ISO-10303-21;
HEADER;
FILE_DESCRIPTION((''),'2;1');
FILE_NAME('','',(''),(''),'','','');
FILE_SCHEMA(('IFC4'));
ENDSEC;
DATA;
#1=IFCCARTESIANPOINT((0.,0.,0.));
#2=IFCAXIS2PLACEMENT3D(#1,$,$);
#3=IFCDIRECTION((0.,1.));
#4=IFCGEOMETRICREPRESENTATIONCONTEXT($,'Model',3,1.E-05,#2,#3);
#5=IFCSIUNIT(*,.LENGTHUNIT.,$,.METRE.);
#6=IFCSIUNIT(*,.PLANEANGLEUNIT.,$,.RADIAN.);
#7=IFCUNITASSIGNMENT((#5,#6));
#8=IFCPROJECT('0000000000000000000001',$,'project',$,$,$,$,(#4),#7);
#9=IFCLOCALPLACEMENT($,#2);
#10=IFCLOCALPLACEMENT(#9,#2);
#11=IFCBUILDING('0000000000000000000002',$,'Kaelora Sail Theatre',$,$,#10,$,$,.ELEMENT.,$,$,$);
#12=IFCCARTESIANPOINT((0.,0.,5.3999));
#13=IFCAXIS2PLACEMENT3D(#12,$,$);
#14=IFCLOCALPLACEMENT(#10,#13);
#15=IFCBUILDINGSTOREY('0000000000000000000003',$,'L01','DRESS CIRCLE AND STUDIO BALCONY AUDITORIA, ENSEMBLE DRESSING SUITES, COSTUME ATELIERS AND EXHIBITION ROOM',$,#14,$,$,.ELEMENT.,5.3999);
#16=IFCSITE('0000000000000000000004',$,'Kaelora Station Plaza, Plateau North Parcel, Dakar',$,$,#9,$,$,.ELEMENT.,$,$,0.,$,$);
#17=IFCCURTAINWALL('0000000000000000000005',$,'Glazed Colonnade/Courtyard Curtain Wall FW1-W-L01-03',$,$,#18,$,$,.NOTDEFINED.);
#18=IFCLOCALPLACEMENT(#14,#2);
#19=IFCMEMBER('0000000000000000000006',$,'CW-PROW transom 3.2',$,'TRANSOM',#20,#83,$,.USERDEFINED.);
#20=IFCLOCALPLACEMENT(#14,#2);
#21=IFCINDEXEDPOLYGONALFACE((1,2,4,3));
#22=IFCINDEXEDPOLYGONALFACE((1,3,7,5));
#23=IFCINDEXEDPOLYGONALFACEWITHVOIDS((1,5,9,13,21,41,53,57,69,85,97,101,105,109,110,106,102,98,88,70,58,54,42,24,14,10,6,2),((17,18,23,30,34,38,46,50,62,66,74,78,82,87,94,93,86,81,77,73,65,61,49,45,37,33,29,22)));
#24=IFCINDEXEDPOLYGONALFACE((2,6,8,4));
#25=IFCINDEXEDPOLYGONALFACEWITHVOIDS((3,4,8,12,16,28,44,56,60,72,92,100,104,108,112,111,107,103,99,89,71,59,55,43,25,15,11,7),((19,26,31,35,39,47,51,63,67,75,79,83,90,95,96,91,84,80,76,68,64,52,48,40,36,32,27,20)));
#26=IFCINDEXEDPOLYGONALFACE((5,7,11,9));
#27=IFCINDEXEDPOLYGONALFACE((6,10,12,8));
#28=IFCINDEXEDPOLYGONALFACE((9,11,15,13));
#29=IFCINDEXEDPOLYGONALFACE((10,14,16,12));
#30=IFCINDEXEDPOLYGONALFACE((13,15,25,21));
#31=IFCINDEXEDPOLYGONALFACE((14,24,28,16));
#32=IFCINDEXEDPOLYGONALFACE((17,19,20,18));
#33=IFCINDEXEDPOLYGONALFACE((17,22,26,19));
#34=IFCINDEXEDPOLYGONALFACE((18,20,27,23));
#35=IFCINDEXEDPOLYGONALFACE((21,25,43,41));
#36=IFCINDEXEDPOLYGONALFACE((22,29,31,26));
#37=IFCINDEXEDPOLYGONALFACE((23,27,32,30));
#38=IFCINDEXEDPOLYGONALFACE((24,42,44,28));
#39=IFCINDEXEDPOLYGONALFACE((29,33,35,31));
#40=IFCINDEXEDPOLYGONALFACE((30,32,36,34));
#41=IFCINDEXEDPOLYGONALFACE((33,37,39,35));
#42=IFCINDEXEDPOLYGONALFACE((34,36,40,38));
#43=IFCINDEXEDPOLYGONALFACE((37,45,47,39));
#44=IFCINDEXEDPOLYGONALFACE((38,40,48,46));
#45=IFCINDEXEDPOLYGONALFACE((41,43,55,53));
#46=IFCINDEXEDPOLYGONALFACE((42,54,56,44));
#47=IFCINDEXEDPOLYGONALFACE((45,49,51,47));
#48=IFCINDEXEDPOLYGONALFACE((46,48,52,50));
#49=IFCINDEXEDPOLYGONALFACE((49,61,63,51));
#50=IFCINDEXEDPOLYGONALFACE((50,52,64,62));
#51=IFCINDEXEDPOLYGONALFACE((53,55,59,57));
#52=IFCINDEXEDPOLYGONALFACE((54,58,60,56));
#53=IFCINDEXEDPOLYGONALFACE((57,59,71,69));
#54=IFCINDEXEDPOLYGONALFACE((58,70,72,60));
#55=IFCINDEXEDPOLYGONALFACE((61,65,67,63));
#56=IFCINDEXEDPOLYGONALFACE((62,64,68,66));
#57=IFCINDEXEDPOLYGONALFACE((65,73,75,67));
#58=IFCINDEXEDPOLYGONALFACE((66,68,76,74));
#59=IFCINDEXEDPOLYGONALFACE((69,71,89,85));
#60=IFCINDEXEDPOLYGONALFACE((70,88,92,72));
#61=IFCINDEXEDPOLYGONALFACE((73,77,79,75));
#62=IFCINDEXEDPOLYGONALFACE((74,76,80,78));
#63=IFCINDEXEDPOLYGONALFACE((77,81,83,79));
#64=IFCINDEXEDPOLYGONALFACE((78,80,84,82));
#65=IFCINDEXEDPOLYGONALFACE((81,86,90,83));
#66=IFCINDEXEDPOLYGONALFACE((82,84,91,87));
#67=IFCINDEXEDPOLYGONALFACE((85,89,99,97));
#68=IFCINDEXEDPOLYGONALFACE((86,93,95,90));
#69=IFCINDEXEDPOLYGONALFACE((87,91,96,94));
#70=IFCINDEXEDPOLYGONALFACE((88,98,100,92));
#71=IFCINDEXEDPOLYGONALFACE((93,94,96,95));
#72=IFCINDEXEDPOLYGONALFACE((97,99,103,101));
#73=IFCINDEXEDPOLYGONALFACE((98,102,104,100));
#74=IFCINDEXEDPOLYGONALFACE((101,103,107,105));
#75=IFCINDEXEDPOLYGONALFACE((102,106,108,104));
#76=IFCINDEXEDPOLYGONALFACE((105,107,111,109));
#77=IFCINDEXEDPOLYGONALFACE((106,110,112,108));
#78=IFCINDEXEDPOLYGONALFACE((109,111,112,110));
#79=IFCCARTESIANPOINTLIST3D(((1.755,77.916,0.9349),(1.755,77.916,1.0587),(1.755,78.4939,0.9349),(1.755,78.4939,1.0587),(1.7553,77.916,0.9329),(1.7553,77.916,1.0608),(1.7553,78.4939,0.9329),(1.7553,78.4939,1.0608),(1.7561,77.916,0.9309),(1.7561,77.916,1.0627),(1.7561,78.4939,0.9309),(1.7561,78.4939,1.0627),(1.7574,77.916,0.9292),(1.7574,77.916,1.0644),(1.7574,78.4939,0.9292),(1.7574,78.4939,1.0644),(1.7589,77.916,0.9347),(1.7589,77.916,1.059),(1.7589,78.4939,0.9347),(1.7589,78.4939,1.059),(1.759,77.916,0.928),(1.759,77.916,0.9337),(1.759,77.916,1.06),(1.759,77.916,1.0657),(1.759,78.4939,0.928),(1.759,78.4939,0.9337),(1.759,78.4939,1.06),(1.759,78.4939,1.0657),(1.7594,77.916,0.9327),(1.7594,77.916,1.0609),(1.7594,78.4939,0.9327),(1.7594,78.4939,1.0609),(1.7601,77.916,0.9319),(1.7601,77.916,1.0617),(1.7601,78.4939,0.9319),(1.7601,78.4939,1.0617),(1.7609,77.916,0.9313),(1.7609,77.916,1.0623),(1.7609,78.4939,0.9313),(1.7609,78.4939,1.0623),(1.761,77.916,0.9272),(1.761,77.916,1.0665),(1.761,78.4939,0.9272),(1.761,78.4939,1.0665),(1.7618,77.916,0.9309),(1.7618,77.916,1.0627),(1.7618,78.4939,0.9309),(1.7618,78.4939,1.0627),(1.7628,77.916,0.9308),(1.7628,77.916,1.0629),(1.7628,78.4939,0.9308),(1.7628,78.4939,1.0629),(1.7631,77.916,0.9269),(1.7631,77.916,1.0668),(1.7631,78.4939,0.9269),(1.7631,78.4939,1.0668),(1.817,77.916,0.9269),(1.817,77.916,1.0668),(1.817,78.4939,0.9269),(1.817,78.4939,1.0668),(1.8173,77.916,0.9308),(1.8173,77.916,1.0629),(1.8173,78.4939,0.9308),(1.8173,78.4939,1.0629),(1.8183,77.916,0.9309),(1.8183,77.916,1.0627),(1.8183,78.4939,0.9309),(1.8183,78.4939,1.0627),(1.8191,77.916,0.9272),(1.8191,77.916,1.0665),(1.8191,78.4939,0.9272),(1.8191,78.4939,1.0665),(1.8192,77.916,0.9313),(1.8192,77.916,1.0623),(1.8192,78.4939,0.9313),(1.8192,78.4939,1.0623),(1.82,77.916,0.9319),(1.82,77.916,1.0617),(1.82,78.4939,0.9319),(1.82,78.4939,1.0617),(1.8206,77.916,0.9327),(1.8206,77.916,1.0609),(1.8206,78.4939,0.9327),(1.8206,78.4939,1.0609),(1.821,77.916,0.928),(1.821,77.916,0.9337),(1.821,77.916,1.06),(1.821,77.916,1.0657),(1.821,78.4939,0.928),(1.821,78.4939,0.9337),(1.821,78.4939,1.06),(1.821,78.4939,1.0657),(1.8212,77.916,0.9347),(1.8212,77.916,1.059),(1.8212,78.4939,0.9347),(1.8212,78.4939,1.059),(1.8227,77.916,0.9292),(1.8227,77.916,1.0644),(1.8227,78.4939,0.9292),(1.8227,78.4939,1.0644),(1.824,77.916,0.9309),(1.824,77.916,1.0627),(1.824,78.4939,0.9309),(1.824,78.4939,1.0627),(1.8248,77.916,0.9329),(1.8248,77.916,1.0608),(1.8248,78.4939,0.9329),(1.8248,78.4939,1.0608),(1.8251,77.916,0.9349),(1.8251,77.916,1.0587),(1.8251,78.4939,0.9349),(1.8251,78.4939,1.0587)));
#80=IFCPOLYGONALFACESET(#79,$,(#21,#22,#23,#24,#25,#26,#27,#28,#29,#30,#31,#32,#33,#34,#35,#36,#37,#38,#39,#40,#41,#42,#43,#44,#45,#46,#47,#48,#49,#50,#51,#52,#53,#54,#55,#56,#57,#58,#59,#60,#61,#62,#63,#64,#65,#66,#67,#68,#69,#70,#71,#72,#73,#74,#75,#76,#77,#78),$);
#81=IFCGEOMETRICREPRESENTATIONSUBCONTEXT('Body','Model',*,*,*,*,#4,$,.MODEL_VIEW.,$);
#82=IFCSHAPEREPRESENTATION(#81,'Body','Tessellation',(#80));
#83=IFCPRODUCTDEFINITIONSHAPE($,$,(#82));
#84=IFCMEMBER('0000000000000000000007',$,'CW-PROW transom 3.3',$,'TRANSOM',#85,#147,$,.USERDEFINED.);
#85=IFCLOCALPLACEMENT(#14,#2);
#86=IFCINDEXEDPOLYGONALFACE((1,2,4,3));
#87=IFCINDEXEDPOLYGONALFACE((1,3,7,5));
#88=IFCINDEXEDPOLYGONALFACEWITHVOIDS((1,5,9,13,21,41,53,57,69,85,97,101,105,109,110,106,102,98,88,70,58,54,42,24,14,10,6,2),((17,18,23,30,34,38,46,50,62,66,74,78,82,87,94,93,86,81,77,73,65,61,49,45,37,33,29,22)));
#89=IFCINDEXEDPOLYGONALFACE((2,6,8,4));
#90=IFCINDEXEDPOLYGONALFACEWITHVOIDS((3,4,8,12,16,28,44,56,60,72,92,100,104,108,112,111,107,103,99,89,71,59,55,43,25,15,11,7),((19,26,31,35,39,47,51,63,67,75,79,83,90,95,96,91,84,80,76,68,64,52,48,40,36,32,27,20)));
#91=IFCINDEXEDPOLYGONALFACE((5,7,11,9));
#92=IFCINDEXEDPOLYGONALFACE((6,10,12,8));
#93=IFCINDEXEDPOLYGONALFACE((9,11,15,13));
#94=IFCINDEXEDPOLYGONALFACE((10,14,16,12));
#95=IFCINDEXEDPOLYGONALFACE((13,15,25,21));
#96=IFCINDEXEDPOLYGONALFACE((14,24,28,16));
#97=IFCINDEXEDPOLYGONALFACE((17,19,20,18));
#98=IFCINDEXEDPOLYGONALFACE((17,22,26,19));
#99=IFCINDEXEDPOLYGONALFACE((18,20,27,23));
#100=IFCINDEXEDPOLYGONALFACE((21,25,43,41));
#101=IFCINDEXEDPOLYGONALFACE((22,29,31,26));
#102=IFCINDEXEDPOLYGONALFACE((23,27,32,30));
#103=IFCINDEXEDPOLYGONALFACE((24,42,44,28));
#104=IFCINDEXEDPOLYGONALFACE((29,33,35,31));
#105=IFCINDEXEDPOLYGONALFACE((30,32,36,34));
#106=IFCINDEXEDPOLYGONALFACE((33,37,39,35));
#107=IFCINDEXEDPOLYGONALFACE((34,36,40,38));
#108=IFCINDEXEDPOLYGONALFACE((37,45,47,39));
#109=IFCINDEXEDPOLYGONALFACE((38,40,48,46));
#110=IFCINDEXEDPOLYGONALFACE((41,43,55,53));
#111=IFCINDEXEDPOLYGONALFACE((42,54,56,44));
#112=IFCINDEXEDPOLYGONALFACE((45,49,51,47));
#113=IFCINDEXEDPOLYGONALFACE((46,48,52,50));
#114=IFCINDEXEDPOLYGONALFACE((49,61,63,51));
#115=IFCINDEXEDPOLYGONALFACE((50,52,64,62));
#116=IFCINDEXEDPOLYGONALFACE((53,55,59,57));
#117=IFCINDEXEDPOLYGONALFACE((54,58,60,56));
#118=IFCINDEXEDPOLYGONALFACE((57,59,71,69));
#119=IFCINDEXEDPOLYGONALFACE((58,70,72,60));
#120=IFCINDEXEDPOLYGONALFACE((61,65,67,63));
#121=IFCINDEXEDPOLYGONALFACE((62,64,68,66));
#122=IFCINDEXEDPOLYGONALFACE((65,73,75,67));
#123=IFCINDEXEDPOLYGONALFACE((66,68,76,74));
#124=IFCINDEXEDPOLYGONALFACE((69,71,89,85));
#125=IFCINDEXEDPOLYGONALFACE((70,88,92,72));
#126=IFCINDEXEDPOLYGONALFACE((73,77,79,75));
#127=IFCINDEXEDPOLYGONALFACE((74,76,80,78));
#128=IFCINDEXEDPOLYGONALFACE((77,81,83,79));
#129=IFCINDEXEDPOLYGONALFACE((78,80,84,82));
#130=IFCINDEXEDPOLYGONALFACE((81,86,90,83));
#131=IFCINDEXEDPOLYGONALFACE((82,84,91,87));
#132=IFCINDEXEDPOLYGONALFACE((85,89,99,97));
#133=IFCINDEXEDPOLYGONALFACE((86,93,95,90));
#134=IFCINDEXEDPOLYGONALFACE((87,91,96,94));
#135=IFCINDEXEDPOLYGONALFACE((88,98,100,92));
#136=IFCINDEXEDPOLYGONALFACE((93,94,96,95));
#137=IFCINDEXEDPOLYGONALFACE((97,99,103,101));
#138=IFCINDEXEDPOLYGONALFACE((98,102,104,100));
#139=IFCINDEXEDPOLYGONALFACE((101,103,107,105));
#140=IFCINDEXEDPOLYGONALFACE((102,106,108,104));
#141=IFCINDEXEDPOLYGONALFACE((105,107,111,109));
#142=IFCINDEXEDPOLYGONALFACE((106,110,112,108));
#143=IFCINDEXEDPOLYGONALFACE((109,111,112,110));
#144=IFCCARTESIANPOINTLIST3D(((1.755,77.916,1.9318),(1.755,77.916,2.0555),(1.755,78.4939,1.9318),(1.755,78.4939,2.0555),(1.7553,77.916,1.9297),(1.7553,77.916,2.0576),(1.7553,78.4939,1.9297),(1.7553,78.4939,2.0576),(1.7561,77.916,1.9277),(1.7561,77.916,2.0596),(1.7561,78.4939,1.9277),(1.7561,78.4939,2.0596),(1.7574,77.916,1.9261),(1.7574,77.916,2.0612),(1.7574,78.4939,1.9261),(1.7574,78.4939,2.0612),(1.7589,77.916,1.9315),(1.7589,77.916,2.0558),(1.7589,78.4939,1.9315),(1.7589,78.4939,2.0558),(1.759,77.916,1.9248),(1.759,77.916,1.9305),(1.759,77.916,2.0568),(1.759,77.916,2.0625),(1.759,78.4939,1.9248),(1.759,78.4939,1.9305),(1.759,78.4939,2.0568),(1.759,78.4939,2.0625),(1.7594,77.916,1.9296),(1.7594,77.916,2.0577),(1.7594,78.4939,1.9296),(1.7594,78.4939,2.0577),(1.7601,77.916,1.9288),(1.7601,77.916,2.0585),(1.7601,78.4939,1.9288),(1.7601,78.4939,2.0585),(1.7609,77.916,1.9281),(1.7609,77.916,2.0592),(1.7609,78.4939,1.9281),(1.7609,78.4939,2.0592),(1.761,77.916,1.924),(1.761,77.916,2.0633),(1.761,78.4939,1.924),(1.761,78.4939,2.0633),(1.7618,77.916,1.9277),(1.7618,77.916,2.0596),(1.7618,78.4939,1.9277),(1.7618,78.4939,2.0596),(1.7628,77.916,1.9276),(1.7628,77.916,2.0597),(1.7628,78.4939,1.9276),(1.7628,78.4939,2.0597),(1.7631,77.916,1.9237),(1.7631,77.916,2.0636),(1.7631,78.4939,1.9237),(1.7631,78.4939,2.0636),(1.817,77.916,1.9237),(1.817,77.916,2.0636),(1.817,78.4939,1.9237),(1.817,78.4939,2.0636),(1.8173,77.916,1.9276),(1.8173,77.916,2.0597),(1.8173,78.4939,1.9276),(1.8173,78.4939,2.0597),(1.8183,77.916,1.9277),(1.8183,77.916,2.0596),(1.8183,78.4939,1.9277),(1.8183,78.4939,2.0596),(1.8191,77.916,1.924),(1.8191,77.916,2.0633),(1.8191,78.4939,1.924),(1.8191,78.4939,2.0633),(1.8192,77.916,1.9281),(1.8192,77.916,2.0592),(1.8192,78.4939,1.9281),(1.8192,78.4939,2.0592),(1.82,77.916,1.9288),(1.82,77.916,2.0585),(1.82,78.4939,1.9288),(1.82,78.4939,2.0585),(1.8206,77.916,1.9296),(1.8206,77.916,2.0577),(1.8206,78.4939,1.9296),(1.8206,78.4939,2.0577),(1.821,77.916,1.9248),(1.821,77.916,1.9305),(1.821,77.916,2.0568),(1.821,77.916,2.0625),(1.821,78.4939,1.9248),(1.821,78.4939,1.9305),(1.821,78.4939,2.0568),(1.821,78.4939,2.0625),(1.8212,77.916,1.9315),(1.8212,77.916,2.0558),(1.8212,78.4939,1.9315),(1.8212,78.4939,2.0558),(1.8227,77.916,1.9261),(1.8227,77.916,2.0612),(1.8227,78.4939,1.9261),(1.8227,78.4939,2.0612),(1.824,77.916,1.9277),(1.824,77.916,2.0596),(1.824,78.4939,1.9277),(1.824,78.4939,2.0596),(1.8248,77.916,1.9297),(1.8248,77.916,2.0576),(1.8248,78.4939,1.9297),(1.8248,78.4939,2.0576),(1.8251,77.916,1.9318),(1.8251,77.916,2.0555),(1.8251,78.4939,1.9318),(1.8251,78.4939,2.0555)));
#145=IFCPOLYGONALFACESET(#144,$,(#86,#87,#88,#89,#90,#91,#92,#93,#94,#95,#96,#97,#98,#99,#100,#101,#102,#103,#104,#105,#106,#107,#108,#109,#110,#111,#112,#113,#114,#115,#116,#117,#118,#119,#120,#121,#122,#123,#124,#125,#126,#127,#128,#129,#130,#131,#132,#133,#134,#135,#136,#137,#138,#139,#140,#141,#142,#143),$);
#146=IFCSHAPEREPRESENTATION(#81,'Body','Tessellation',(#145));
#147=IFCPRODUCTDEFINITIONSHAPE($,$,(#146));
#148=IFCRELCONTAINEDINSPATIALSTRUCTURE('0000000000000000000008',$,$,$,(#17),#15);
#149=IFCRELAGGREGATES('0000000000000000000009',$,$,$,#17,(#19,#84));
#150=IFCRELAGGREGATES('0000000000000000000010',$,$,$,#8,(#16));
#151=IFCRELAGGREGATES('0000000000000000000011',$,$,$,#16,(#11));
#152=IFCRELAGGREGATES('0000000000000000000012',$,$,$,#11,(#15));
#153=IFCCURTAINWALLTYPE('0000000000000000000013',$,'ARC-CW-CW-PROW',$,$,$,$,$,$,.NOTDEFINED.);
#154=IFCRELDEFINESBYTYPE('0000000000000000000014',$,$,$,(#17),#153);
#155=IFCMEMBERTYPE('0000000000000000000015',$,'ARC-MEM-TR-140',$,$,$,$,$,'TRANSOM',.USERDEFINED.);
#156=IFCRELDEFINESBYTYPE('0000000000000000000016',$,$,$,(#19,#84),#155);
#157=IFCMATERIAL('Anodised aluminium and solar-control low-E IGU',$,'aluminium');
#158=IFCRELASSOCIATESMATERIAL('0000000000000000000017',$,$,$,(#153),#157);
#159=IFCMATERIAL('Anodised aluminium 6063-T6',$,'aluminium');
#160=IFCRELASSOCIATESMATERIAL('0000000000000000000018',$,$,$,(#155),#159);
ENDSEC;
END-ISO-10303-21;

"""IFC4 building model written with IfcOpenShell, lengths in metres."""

from ifc_helpers import new_model, si_unit, direction, frame, origin, origin_2d, place, context, subcontext, project, spatial, hollow_rectangle, extrude, material, material_profile, profile_set, type_object, element, aggregate, save


model = new_model("IFC4")

# Units and contexts
model_context = context("Model", 3, precision=1e-05, world=origin(), true_north=direction((0.0, 1.0)))
body_context = subcontext(model_context, "Body", "Model", "MODEL_VIEW")
ifc_project = project(units=[si_unit("LENGTHUNIT", "METRE"), si_unit("PLANEANGLEUNIT", "RADIAN")], contexts=[model_context])

# Site, building, storey
site_placement = place(None, origin())
site = spatial("IfcSite", under=ifc_project, at=site_placement, Name="Kaelora Station Plaza, Plateau North Parcel, Dakar", CompositionType="ELEMENT", RefElevation=0.0)
building_placement = place(site_placement, origin())
building = spatial("IfcBuilding", under=site, at=building_placement, Name="Kaelora Sail Theatre", CompositionType="ELEMENT")
storey_placement = place(building_placement, frame((0.0, 0.0, 5.3999)))
storey = spatial("IfcBuildingStorey", under=building, at=storey_placement, Name="L01", Description="DRESS CIRCLE AND STUDIO BALCONY AUDITORIA, ENSEMBLE DRESSING SUITES, COSTUME ATELIERS AND EXHIBITION ROOM", CompositionType="ELEMENT", Elevation=5.3999)

# Curtain wall, members
ifc_material_1 = material(Name="Anodised aluminium and solar-control low-E IGU", Category="aluminium")
curtain_wall_type = type_object("IfcCurtainWallType", Name="ARC-CW-CW-PROW", PredefinedType="NOTDEFINED", material=ifc_material_1)
curtain_wall_placement = place(storey_placement, origin())
curtain_wall = element("IfcCurtainWall", 1, at=curtain_wall_placement, inside=storey, type_object=curtain_wall_type, Name="Glazed Colonnade/Courtyard Curtain Wall FW1-W-L01-03", PredefinedType="NOTDEFINED")
ifc_material_2 = material(Name="Anodised aluminium 6063-T6", Category="aluminium")
ifc_material_profile_1 = material_profile(ifc_material_2, hollow_rectangle(XDim=0.0701, YDim=0.1399, WallThickness=0.0039, InnerFilletRadius=0.0039, OuterFilletRadius=0.0081, at=origin_2d()), Name="ALU-TRAN 70x140x4")
ifc_profile_set_1 = profile_set([ifc_material_profile_1], Name="Anodised aluminium 6063-T6")
member_type_1 = type_object("IfcMemberType", Name="ARC-MEM-TR-140", ElementType="TRANSOM", PredefinedType="USERDEFINED", material=ifc_profile_set_1)
member_1_placement = place(storey_placement, frame((1.79, 77.916, 0.9968), z_axis=(0.0, 1.0, 0.0), x_axis=(-1.0, 0.0, 0.0)))
member_1 = element("IfcMember", 2, at=member_1_placement, type_object=member_type_1, Name="CW-PROW transom 3.2", ObjectType="TRANSOM", PredefinedType="USERDEFINED", context=body_context, shape_type="SweptSolid", body=[
    extrude(hollow_rectangle(XDim=0.0701, YDim=0.1399, WallThickness=0.0039, InnerFilletRadius=0.0039, OuterFilletRadius=0.0081, at=origin_2d()), origin(), (0.0, 0.0, 1.0), 0.5779),
])
member_2_placement = place(storey_placement, frame((1.79, 77.916, 1.9937), z_axis=(0.0, 1.0, 0.0), x_axis=(-1.0, 0.0, 0.0)))
member_2 = element("IfcMember", 3, at=member_2_placement, type_object=member_type_1, Name="CW-PROW transom 3.3", ObjectType="TRANSOM", PredefinedType="USERDEFINED", context=body_context, shape_type="SweptSolid", body=[
    extrude(hollow_rectangle(XDim=0.0701, YDim=0.1399, WallThickness=0.0039, InnerFilletRadius=0.0039, OuterFilletRadius=0.0081, at=origin_2d()), origin(), (0.0, 0.0, 1.0), 0.5779),
])
aggregate(curtain_wall, [member_1, member_2])

save(model, "model.ifc")
